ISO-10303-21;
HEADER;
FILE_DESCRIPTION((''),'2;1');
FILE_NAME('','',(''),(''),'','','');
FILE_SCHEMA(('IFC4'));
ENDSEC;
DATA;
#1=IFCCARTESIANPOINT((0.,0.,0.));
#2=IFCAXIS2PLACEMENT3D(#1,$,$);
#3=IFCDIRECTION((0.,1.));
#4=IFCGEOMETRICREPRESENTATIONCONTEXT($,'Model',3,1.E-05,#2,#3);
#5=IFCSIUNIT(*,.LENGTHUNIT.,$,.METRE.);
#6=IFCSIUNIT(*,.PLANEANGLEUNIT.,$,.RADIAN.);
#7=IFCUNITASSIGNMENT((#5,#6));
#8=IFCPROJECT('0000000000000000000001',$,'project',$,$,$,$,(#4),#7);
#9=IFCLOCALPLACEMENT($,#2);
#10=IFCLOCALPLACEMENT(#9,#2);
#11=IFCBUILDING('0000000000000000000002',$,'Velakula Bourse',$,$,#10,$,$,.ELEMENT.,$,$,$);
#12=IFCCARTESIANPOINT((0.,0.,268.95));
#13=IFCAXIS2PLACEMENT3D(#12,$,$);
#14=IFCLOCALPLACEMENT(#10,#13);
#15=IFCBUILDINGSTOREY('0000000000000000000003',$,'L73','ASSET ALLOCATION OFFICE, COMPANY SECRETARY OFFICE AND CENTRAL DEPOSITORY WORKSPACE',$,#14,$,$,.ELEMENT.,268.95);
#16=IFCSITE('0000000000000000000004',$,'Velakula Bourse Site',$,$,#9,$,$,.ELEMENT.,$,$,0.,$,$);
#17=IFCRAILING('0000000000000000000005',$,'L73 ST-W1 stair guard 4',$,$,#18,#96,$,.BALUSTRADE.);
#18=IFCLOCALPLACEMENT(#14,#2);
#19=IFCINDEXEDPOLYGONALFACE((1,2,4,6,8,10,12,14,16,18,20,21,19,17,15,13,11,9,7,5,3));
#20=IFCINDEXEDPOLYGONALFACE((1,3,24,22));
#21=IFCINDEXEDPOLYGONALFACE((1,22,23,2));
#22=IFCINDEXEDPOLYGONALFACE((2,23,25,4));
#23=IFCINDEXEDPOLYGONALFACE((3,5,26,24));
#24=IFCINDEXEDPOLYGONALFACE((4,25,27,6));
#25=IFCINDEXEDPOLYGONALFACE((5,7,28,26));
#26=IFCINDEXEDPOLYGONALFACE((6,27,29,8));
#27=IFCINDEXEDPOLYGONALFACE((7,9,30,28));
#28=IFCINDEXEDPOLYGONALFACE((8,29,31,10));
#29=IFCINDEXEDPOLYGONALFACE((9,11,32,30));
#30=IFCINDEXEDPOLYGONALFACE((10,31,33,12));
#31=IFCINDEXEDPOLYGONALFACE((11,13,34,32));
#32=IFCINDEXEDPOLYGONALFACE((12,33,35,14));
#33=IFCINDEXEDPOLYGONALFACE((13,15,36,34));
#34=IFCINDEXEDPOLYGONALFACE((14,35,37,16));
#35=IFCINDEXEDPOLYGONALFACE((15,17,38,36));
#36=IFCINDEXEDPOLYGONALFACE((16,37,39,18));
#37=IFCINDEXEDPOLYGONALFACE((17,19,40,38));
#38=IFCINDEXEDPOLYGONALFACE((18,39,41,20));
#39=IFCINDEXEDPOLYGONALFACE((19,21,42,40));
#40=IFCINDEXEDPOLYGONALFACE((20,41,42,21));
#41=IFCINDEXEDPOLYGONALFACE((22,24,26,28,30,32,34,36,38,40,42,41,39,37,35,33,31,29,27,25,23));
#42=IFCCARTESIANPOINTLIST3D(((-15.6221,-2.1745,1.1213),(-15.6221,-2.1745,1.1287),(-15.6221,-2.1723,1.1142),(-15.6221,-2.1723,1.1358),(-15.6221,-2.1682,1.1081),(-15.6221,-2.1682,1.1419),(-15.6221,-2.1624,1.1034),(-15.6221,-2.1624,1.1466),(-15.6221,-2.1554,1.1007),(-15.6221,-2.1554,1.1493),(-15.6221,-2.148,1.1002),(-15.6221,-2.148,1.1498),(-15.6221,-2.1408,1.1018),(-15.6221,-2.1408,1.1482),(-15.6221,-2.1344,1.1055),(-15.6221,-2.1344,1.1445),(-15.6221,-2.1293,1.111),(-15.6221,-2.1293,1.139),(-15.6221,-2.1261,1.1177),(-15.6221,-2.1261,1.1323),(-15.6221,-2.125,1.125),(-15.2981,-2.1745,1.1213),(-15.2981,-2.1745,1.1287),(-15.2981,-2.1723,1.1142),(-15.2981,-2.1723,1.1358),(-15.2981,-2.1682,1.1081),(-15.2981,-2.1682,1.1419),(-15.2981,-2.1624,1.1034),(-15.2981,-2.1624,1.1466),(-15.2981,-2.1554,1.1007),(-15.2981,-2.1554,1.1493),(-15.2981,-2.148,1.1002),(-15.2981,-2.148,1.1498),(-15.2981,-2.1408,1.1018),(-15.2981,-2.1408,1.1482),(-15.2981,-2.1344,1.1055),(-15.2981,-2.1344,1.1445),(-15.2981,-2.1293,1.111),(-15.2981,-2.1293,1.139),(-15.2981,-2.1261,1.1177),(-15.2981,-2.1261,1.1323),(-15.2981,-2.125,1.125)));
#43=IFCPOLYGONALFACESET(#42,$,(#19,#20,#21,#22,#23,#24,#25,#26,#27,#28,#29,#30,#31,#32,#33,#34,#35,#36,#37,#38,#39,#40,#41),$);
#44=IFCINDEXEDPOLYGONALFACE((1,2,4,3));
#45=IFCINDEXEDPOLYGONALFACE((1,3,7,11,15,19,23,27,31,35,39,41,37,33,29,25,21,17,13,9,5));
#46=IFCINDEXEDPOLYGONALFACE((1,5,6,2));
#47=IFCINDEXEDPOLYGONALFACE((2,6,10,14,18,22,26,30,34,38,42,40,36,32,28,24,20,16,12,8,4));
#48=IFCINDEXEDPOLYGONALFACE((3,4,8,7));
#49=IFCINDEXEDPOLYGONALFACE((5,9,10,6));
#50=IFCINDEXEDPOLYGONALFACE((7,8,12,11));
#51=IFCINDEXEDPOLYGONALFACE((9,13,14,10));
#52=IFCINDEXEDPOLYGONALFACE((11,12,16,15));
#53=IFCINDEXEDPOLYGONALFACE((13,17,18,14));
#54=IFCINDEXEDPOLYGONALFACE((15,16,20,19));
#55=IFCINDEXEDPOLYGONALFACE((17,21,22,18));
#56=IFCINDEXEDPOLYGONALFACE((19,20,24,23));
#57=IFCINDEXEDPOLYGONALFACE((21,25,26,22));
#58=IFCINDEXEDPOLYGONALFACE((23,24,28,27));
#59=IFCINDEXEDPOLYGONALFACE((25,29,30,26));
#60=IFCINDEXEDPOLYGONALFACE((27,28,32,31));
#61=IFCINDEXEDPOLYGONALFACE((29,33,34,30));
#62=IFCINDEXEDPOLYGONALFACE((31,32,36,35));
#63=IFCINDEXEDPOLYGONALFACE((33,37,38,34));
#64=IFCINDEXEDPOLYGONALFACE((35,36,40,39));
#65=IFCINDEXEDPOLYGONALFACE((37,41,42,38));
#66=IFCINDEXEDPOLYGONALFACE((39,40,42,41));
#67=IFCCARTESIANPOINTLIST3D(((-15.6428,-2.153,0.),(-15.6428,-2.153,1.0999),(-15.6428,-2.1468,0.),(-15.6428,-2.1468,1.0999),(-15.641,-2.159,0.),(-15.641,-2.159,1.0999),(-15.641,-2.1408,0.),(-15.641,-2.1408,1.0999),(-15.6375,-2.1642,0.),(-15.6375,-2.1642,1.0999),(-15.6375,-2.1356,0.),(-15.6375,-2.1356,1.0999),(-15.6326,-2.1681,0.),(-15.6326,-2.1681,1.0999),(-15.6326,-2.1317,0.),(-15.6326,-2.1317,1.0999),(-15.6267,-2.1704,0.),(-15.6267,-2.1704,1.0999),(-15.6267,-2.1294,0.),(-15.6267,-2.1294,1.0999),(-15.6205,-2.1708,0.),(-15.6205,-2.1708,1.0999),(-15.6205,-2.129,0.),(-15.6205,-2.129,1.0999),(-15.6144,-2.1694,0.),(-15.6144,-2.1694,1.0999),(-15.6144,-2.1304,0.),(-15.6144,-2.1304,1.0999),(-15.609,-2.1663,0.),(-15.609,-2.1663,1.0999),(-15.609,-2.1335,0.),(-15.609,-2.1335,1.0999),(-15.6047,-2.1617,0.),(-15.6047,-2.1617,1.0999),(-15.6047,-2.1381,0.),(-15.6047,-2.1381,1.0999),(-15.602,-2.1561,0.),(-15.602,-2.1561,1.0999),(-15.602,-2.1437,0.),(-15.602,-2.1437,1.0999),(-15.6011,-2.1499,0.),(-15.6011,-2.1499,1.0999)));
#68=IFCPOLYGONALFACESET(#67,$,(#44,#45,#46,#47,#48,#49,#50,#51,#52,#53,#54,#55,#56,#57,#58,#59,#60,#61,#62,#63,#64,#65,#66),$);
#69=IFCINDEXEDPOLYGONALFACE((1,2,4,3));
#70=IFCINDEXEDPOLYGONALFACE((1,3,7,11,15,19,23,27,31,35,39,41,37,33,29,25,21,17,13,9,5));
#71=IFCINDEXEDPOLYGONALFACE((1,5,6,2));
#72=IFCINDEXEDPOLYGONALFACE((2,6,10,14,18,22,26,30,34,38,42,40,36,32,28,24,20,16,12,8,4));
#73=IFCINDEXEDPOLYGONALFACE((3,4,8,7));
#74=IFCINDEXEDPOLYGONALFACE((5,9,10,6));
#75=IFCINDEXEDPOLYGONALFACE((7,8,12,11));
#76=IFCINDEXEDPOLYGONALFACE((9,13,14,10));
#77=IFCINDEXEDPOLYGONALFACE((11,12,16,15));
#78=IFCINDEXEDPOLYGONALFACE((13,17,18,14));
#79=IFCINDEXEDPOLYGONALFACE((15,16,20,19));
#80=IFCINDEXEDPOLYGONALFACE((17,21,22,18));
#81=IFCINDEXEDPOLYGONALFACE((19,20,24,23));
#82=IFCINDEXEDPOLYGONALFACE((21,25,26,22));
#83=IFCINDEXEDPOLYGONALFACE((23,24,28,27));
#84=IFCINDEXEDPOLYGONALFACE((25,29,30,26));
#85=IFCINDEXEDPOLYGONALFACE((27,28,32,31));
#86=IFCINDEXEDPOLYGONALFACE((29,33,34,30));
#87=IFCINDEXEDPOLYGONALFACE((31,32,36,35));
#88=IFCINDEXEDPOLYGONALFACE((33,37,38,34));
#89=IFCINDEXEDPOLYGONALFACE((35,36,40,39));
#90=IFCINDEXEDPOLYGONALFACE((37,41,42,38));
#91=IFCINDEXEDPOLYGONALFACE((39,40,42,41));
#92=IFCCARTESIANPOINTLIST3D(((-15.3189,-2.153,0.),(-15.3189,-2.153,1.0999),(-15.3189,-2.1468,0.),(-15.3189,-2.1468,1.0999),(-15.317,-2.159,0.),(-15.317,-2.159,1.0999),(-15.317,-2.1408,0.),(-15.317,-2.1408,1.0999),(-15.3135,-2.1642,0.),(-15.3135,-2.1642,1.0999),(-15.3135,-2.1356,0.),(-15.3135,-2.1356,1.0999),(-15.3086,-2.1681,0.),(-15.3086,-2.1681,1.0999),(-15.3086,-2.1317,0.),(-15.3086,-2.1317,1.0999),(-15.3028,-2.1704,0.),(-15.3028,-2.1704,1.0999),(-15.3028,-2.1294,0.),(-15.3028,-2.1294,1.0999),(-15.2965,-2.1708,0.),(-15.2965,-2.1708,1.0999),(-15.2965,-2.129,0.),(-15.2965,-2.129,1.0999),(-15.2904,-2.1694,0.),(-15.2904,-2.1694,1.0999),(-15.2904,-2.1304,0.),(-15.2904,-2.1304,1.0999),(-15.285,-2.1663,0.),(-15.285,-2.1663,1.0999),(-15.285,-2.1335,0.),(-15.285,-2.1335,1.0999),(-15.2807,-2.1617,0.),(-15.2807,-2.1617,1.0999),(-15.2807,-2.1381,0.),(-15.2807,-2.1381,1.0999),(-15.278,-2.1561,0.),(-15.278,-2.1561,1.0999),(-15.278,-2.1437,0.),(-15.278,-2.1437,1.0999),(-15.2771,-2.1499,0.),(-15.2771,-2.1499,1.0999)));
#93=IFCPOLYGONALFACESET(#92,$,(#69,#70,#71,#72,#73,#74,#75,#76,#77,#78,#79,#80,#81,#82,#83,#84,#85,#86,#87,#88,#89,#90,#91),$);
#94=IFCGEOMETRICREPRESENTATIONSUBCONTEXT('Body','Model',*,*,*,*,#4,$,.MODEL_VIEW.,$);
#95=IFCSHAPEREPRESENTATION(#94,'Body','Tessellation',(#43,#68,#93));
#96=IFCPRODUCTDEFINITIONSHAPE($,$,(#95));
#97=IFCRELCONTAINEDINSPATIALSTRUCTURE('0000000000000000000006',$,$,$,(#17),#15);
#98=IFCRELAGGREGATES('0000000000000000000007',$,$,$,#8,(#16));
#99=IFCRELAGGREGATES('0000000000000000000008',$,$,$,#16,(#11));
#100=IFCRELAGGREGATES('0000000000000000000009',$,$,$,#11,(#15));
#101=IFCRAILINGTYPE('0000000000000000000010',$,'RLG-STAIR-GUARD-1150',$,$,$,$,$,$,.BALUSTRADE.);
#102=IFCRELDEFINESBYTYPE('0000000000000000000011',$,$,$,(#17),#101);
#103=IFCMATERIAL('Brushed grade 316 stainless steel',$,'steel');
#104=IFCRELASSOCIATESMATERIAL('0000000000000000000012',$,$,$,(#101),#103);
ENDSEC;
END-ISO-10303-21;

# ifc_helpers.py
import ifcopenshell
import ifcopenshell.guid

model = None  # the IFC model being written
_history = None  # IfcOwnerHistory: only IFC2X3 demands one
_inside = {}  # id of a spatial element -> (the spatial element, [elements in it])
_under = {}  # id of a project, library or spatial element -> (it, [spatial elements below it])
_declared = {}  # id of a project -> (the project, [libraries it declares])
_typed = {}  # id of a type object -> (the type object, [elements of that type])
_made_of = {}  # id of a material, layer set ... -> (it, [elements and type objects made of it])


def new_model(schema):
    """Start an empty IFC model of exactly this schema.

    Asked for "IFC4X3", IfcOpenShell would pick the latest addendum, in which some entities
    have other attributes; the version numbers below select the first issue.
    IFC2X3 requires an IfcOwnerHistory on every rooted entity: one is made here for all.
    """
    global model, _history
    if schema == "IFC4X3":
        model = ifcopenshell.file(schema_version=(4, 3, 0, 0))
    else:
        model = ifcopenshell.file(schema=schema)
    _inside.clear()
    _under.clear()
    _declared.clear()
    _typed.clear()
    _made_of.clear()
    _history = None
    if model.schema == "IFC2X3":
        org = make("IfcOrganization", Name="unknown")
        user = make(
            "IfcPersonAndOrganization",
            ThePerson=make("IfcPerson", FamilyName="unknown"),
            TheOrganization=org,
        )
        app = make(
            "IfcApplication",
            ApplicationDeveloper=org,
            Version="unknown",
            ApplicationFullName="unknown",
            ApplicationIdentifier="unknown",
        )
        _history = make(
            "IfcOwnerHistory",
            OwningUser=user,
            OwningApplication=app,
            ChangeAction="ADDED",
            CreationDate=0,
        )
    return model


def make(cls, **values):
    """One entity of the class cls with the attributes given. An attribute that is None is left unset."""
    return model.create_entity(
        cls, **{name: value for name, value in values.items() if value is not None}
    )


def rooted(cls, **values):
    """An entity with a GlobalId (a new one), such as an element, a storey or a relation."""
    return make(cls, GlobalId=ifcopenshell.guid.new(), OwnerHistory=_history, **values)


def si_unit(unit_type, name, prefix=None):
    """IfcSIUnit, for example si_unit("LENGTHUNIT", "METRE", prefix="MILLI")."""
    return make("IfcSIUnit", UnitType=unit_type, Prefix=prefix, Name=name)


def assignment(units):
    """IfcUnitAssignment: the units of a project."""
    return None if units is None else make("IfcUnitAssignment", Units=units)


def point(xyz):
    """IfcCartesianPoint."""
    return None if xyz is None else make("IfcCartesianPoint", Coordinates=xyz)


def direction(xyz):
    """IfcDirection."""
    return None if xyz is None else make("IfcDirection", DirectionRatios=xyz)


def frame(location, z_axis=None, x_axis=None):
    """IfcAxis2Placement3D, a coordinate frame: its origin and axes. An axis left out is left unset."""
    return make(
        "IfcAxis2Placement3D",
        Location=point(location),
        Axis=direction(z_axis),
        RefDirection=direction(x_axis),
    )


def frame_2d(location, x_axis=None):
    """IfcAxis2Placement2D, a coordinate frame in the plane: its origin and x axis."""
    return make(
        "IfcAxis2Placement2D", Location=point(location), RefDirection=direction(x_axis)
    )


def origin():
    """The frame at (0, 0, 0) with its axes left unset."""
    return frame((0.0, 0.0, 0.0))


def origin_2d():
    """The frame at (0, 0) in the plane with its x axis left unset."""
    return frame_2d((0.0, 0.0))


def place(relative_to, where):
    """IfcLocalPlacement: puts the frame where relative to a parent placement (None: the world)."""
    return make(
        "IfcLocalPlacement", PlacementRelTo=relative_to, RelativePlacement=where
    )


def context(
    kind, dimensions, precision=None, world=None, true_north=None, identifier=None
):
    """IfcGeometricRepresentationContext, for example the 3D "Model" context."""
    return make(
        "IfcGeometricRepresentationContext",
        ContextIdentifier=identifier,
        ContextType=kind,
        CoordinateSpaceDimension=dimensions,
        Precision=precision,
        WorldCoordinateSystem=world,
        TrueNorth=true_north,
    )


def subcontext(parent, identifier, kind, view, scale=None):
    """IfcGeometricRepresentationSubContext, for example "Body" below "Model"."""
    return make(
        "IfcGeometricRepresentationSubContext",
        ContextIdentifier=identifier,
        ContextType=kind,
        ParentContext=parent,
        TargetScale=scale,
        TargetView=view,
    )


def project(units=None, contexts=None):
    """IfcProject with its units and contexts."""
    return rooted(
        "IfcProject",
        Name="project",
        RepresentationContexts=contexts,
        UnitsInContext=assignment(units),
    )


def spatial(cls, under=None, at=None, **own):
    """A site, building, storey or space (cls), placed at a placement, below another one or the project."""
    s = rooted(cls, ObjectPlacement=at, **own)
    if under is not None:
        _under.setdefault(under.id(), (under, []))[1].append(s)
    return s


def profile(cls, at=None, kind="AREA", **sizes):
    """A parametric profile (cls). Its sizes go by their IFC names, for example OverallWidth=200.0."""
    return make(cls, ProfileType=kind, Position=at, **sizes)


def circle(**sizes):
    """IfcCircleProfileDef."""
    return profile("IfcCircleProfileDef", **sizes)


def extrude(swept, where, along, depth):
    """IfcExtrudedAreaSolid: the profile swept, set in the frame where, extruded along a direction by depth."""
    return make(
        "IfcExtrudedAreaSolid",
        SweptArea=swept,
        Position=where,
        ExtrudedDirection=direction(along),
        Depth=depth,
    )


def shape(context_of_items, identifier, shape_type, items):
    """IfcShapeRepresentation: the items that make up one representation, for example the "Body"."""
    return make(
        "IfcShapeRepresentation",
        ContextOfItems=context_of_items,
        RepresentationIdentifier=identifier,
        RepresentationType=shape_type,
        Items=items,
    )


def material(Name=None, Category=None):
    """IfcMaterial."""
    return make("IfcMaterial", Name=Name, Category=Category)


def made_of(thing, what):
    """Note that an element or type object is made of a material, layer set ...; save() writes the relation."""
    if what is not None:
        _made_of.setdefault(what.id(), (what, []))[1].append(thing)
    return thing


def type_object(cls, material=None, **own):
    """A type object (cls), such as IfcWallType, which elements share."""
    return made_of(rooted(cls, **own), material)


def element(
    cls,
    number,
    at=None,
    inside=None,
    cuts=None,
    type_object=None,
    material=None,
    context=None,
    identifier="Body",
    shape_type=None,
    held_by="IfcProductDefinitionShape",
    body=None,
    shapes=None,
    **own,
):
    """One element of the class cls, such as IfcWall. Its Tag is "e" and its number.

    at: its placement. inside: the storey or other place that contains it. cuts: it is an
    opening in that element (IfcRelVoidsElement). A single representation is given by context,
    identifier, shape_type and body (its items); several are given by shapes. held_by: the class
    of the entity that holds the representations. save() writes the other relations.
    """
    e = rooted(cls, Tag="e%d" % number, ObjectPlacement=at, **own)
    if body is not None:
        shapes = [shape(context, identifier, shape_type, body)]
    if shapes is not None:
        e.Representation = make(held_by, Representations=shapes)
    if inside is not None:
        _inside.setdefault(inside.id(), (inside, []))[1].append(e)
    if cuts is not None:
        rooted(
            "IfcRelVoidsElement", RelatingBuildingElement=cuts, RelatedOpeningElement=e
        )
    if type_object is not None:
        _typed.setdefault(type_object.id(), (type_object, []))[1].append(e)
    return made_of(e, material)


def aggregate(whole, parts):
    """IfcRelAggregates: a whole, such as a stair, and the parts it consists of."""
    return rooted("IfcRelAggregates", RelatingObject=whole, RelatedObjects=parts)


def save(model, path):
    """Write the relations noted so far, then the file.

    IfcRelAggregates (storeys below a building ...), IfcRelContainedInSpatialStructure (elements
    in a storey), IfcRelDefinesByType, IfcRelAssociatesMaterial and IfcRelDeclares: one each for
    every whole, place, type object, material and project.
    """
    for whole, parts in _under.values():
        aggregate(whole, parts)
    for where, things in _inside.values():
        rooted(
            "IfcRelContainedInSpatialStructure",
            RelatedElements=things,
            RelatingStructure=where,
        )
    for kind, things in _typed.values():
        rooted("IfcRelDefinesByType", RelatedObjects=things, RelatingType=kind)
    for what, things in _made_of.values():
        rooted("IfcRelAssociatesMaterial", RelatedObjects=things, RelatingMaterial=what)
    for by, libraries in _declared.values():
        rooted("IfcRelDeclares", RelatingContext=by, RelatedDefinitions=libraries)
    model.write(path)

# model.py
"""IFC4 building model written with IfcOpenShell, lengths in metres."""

from ifc_helpers import new_model, si_unit, direction, frame, origin, origin_2d, place, context, subcontext, project, spatial, circle, extrude, material, type_object, element, save


model = new_model("IFC4")

# Units and contexts
model_context = context("Model", 3, precision=1e-05, world=origin(), true_north=direction((0.0, 1.0)))
body_context = subcontext(model_context, "Body", "Model", "MODEL_VIEW")
ifc_project = project(units=[si_unit("LENGTHUNIT", "METRE"), si_unit("PLANEANGLEUNIT", "RADIAN")], contexts=[model_context])

# Site, building, storey
site_placement = place(None, origin())
site = spatial("IfcSite", under=ifc_project, at=site_placement, Name="Velakula Bourse Site", CompositionType="ELEMENT", RefElevation=0.0)
building_placement = place(site_placement, origin())
building = spatial("IfcBuilding", under=site, at=building_placement, Name="Velakula Bourse", CompositionType="ELEMENT")
storey_placement = place(building_placement, frame((0.0, 0.0, 268.95)))
storey = spatial("IfcBuildingStorey", under=building, at=storey_placement, Name="L73", Description="ASSET ALLOCATION OFFICE, COMPANY SECRETARY OFFICE AND CENTRAL DEPOSITORY WORKSPACE", CompositionType="ELEMENT", Elevation=268.95)

# Shared definitions
ifc_material_1 = material(Name="Brushed grade 316 stainless steel", Category="steel")

# Railing
railing_type = type_object("IfcRailingType", Name="RLG-STAIR-GUARD-1150", PredefinedType="BALUSTRADE", material=ifc_material_1)
railing_1_placement = place(storey_placement, frame((-15.6221, -2.1499, 0.0)))
element("IfcRailing", 1, at=railing_1_placement, inside=storey, type_object=railing_type, Name="L73 ST-W1 stair guard 4", PredefinedType="BALUSTRADE", context=body_context, shape_type="SweptSolid", body=[
    extrude(circle(Radius=0.0249, at=origin_2d()), frame((0.0, 0.0, 1.125), z_axis=(1.0, 0.0, 0.0), x_axis=(0.0, 1.0, 0.0)), (0.0, 0.0, 1.0), 0.324),
    extrude(circle(Radius=0.021, at=origin_2d()), origin(), (0.0, 0.0, 1.0), 1.0999),
    extrude(circle(Radius=0.021, at=origin_2d()), frame((0.324, 0.0, 0.0)), (0.0, 0.0, 1.0), 1.0999),
])

save(model, "model.ifc")
